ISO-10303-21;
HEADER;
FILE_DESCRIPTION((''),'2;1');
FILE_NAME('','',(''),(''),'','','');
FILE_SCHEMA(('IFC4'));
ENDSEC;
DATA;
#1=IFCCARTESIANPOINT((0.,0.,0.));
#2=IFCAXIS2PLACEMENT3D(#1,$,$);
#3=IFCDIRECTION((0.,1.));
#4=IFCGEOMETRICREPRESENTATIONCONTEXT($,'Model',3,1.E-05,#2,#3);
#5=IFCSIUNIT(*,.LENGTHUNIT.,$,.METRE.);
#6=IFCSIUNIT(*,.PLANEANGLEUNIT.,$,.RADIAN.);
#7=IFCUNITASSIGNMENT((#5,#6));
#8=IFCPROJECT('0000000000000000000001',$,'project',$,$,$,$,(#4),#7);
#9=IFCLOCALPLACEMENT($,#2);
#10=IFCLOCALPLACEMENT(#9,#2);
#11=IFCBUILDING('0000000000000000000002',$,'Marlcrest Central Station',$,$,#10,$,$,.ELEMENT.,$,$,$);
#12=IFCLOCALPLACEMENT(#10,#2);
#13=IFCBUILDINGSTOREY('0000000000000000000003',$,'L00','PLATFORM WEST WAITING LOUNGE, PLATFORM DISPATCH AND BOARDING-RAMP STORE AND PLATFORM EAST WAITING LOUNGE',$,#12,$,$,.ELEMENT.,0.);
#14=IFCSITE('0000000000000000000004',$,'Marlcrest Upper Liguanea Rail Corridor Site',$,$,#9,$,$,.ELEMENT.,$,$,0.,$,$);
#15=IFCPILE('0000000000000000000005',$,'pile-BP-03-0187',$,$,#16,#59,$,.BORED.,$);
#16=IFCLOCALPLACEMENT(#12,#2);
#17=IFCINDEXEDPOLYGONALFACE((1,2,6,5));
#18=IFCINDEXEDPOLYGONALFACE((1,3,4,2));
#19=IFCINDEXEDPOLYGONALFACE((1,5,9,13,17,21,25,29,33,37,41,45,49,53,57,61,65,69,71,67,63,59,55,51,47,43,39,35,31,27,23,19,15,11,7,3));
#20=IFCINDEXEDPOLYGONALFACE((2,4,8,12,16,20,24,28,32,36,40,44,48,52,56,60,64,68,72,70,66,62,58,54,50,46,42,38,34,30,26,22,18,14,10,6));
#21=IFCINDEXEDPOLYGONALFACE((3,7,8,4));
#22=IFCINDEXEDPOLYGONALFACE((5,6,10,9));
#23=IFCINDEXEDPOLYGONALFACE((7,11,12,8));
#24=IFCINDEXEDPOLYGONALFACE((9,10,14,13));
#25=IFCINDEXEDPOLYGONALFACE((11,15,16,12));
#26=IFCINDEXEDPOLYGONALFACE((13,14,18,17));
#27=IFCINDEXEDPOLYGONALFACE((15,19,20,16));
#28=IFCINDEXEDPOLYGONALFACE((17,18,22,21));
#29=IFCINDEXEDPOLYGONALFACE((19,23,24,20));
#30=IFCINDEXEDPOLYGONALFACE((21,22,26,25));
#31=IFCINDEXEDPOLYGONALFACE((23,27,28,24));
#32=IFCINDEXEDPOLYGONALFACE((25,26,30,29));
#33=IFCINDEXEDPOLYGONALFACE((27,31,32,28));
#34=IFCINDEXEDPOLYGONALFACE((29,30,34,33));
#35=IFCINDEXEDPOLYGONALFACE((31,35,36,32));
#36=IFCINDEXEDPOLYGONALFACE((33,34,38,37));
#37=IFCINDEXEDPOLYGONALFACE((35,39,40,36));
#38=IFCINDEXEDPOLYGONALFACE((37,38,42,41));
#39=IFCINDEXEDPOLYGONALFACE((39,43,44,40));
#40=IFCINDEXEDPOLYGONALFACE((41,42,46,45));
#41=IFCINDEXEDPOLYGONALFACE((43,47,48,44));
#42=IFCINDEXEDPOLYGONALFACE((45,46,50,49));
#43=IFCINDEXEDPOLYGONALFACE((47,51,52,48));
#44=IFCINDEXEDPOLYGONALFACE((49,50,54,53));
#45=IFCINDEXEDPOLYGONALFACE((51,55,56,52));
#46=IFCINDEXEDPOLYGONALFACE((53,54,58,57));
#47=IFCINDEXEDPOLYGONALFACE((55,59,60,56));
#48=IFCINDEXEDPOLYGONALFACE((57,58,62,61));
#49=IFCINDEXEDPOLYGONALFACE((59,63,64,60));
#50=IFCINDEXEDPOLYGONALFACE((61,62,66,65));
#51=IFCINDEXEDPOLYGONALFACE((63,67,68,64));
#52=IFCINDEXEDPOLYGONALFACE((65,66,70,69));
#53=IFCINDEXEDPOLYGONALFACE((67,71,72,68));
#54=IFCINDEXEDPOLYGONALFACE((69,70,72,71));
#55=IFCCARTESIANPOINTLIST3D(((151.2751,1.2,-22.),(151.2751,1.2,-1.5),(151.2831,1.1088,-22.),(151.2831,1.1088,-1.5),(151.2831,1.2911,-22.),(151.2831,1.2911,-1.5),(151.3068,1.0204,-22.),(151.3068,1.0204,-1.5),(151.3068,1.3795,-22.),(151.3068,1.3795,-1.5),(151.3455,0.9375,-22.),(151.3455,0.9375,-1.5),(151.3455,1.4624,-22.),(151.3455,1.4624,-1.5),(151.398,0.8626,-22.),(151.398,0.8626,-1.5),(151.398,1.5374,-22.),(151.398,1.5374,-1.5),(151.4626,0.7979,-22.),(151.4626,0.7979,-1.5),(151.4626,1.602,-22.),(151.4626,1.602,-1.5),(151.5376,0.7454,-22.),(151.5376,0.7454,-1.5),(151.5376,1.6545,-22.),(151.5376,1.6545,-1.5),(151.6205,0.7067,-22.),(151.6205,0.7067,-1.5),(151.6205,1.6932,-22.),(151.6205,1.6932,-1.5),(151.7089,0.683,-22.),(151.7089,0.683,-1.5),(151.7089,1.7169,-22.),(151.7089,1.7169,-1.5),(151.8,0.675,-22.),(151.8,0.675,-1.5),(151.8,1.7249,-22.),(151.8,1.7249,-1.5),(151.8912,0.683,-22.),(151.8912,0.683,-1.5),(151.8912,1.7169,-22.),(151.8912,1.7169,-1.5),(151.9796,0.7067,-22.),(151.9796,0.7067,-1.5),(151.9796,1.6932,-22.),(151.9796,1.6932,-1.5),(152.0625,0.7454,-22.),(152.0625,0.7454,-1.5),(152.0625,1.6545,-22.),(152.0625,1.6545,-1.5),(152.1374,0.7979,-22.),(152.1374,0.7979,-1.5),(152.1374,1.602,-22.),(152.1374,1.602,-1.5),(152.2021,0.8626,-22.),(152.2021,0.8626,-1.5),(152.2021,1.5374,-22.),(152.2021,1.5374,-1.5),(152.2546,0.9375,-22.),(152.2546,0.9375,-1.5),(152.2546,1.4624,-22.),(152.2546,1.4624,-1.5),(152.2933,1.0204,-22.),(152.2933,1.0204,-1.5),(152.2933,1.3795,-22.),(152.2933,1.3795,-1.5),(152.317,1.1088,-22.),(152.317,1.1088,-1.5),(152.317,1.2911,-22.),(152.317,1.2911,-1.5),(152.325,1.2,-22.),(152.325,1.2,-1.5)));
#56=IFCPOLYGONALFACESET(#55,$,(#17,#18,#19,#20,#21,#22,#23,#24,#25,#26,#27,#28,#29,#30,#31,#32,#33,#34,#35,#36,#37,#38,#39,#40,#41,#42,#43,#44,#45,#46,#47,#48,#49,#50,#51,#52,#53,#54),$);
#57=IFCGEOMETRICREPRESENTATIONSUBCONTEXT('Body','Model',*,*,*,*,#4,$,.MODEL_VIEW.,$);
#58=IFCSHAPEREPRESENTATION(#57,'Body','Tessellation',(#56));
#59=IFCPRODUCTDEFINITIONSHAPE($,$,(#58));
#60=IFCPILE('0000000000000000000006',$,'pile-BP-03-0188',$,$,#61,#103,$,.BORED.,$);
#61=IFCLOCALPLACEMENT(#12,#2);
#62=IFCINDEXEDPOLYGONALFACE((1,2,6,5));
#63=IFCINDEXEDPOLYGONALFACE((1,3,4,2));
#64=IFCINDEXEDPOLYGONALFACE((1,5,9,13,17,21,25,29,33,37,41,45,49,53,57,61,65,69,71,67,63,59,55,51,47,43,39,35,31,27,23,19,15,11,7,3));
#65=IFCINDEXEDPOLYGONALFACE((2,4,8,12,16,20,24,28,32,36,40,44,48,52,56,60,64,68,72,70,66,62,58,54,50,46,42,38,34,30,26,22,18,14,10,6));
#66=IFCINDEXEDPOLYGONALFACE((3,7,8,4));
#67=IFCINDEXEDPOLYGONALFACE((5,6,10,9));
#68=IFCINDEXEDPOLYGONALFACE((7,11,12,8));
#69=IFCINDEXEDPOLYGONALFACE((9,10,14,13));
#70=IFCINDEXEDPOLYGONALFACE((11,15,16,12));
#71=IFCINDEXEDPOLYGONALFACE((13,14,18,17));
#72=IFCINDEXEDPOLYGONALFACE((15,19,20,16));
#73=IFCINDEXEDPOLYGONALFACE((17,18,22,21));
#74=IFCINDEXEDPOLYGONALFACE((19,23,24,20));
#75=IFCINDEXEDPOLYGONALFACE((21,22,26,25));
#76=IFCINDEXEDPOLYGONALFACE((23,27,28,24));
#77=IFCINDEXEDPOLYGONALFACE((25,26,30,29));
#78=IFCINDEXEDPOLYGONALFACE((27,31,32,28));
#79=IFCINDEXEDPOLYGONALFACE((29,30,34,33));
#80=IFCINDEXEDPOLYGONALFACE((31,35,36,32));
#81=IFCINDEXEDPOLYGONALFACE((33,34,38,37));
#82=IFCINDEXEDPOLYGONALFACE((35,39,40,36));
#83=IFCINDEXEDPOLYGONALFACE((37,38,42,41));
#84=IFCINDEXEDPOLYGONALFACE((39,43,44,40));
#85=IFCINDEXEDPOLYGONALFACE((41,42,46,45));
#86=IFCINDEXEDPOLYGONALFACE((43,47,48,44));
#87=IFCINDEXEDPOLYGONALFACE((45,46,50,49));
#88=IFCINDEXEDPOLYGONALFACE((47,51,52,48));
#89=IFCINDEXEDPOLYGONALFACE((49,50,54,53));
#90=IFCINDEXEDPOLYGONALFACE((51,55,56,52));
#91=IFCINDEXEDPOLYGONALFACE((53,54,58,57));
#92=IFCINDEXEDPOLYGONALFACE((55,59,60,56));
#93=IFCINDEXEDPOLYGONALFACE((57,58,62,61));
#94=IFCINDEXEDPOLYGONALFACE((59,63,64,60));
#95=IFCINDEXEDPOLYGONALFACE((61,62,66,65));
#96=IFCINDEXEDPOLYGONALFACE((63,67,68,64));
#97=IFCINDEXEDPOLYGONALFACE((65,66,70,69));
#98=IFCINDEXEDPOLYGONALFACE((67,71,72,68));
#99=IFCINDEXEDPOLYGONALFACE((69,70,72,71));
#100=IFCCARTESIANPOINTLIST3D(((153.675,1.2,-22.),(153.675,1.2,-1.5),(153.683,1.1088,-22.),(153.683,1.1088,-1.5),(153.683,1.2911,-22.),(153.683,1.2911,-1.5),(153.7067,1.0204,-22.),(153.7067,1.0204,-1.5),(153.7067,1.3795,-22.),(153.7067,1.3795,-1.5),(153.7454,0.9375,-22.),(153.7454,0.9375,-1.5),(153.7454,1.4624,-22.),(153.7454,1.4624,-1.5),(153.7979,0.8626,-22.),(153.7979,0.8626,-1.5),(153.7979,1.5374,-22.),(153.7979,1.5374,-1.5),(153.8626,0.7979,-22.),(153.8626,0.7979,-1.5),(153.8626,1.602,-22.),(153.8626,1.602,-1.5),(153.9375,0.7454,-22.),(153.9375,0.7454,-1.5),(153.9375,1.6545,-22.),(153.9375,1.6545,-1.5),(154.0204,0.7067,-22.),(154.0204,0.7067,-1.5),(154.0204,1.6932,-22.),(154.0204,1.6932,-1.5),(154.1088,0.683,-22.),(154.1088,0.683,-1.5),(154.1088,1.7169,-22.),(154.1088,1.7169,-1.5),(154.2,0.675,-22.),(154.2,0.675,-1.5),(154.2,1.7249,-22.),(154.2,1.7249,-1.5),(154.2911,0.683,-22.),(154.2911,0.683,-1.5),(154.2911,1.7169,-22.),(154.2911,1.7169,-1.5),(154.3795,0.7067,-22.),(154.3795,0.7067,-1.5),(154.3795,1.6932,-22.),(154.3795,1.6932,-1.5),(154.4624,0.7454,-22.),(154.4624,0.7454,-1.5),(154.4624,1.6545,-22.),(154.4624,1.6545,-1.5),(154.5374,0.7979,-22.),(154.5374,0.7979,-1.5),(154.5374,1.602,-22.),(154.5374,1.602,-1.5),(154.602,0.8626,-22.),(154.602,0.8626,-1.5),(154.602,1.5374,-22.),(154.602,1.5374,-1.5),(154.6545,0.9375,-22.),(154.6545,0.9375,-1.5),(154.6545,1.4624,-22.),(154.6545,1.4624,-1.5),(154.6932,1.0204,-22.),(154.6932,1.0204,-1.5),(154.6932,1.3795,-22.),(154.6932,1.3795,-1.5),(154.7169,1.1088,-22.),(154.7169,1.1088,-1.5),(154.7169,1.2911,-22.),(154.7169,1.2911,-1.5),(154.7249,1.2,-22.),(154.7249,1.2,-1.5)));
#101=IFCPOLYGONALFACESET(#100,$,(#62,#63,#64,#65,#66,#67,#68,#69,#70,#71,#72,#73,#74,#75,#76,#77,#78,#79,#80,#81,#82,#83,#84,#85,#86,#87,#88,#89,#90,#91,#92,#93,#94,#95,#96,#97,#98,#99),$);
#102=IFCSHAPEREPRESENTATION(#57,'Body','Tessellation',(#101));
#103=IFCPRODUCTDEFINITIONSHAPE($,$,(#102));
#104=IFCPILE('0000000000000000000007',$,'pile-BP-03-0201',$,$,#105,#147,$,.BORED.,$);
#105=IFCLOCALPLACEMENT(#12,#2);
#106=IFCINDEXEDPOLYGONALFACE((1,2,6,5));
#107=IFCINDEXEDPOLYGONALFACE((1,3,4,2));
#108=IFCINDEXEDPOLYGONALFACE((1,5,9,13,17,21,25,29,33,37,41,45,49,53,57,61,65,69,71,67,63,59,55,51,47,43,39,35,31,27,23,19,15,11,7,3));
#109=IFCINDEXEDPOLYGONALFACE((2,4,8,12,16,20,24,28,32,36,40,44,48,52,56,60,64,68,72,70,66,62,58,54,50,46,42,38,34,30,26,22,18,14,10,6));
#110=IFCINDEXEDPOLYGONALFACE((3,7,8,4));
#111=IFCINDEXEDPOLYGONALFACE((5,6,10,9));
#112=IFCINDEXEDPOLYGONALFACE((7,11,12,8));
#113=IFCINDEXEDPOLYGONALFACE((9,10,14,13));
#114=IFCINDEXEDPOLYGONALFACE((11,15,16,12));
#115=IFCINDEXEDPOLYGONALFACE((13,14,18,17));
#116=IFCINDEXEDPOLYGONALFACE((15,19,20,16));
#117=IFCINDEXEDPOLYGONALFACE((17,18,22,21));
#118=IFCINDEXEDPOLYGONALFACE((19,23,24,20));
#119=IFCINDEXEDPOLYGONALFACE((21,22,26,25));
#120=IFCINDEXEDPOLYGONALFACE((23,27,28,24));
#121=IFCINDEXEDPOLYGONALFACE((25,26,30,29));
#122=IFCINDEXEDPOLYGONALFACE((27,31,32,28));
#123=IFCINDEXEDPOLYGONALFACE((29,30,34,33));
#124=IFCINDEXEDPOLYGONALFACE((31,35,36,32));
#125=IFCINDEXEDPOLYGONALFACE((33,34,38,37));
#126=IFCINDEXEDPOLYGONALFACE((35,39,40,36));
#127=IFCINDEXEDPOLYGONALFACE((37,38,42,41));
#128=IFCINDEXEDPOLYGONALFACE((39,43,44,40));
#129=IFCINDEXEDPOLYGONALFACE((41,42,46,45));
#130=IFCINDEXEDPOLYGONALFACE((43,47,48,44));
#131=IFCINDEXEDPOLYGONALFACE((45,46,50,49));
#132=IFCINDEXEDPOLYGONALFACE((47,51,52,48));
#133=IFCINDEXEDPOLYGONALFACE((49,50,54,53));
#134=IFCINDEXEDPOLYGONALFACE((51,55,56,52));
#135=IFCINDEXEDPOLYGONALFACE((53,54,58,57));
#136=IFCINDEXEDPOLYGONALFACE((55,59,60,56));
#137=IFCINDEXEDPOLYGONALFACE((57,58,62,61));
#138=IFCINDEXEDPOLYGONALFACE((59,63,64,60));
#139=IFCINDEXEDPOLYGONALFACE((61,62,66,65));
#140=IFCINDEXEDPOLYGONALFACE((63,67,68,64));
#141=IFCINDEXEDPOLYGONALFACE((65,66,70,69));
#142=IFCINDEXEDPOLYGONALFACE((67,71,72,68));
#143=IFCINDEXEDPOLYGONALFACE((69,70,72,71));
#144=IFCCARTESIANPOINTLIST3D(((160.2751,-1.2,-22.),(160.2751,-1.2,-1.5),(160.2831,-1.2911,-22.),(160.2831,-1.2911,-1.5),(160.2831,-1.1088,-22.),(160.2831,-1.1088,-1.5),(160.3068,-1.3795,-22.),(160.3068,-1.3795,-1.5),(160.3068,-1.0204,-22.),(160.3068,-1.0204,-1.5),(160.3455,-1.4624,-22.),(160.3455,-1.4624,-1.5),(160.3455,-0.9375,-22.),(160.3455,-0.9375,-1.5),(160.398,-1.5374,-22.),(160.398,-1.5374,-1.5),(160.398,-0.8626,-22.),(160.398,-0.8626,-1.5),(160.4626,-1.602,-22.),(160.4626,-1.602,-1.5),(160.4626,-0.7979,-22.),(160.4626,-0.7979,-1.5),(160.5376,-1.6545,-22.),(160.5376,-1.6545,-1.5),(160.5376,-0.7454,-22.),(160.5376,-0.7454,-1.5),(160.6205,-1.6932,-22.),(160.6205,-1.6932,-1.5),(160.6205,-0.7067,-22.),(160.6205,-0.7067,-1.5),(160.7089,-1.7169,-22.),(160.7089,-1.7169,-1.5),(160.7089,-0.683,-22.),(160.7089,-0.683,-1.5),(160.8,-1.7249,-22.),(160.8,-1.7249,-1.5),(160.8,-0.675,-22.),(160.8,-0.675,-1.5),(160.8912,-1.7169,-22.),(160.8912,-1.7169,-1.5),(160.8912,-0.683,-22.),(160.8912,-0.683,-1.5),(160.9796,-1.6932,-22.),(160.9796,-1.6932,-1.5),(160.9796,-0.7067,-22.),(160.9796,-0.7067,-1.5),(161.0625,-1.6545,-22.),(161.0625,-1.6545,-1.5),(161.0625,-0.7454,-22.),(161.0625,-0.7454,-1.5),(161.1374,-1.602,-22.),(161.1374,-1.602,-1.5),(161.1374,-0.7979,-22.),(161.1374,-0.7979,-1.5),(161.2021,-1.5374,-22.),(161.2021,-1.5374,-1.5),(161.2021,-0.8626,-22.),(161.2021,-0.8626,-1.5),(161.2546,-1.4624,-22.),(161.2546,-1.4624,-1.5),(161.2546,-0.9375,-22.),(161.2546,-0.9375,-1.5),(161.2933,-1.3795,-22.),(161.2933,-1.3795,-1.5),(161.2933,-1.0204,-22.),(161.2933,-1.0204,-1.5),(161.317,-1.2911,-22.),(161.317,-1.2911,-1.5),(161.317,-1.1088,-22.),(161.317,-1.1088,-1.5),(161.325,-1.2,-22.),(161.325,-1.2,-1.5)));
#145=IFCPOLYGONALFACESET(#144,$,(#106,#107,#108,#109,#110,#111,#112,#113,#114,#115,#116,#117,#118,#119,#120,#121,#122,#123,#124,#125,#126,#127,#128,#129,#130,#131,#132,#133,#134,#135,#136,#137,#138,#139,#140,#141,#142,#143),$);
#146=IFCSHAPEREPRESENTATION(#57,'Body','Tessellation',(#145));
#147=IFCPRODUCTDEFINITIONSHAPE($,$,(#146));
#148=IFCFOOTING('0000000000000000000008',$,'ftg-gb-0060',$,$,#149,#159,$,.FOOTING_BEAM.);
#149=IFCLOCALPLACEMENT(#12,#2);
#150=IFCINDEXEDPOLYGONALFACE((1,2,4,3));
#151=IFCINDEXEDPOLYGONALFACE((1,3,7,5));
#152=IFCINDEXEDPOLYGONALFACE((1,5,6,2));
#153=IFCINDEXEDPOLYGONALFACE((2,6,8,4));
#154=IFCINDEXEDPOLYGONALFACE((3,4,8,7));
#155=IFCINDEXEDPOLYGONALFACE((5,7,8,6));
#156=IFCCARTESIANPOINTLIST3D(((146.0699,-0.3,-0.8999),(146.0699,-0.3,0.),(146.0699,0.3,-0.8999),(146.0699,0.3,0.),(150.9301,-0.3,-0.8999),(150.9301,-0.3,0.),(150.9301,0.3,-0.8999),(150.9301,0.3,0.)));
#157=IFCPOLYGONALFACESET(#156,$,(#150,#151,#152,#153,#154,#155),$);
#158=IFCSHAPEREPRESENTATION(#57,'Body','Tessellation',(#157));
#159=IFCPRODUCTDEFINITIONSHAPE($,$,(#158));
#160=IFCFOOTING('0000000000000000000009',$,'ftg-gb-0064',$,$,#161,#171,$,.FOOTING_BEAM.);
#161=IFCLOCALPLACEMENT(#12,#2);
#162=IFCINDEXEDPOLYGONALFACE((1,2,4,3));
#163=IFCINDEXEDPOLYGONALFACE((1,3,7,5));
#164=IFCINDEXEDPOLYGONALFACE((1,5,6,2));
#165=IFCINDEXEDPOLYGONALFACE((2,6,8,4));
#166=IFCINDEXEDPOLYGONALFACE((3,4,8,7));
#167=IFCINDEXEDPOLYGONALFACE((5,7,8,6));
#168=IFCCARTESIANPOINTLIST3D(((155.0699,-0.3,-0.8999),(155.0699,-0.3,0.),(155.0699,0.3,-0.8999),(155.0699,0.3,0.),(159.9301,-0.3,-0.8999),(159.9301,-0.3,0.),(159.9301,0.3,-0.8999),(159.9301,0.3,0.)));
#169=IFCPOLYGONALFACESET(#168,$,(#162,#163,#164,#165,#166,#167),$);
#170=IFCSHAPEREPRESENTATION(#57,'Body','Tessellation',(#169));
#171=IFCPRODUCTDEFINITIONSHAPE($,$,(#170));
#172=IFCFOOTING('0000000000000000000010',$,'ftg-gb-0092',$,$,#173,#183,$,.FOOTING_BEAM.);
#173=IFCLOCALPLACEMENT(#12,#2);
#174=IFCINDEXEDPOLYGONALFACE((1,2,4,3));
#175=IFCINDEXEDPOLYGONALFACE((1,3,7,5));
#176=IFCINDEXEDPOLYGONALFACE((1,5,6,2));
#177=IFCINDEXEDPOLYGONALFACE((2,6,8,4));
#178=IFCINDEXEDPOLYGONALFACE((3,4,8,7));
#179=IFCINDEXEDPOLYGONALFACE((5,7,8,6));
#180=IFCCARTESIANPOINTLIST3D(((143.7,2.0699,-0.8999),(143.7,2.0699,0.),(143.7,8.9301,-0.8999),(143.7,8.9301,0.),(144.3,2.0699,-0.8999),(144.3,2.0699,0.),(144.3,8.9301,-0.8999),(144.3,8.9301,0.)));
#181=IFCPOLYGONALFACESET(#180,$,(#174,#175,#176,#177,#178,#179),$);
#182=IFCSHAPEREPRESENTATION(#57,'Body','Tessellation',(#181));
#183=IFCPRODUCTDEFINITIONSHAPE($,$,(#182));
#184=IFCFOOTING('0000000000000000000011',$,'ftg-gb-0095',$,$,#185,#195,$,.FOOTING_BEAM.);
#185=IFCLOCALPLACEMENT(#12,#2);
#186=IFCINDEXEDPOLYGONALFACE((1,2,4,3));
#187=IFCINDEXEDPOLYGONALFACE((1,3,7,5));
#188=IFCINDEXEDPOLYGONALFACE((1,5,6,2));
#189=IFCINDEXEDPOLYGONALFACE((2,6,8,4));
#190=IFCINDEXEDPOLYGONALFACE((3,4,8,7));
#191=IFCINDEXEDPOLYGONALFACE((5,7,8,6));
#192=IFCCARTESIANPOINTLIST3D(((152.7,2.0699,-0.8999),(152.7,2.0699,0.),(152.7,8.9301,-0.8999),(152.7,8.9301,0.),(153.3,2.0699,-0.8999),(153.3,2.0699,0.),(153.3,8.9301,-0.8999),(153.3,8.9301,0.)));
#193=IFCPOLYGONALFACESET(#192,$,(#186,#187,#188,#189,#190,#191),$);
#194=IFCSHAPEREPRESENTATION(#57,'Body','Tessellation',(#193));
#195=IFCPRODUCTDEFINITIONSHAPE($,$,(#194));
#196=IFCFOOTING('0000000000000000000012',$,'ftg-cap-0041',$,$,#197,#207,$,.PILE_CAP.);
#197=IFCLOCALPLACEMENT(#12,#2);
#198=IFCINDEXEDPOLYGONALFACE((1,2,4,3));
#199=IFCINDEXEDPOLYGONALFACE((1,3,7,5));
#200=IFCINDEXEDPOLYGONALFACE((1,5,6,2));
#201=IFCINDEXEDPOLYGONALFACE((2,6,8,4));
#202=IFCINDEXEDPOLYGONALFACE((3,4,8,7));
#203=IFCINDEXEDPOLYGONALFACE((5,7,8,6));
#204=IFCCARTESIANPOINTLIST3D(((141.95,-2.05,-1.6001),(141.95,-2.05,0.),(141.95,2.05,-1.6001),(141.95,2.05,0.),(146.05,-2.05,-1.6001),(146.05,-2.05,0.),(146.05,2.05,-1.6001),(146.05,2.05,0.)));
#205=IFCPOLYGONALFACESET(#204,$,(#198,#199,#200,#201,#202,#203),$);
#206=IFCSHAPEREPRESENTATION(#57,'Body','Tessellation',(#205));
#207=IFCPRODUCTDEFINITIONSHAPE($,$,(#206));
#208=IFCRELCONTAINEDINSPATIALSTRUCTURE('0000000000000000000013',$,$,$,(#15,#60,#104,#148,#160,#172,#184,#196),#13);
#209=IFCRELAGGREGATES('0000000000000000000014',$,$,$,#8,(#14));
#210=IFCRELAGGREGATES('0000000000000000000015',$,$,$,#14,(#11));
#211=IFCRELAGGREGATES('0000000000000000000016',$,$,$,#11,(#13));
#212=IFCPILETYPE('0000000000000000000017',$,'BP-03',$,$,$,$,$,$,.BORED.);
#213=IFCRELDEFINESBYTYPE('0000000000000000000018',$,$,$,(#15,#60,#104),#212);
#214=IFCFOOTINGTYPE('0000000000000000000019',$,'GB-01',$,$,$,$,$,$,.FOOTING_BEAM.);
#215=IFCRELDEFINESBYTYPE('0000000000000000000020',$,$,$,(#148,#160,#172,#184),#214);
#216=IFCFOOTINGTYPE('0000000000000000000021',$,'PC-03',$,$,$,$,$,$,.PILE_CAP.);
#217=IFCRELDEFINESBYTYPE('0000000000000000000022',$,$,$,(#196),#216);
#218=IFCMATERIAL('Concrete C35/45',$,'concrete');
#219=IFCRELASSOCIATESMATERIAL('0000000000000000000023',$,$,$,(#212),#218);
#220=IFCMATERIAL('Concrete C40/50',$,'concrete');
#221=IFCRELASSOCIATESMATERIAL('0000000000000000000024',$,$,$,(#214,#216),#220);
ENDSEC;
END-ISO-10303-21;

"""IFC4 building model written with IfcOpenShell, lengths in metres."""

from ifc_helpers import new_model, si_unit, direction, frame, origin, origin_2d, place, context, subcontext, project, spatial, rectangle, circle, extrude, material, material_profile, profile_set, type_object, element, save


model = new_model("IFC4")

# Units and contexts
model_context = context("Model", 3, precision=1e-05, world=origin(), true_north=direction((0.0, 1.0)))
body_context = subcontext(model_context, "Body", "Model", "MODEL_VIEW")
ifc_project = project(units=[si_unit("LENGTHUNIT", "METRE"), si_unit("PLANEANGLEUNIT", "RADIAN")], contexts=[model_context])

# Site, building, storey
site_placement = place(None, origin())
site = spatial("IfcSite", under=ifc_project, at=site_placement, Name="Marlcrest Upper Liguanea Rail Corridor Site", CompositionType="ELEMENT", RefElevation=0.0)
building_placement = place(site_placement, origin())
building = spatial("IfcBuilding", under=site, at=building_placement, Name="Marlcrest Central Station", CompositionType="ELEMENT")
storey_placement = place(building_placement, origin())
storey = spatial("IfcBuildingStorey", under=building, at=storey_placement, Name="L00", Description="PLATFORM WEST WAITING LOUNGE, PLATFORM DISPATCH AND BOARDING-RAMP STORE AND PLATFORM EAST WAITING LOUNGE", CompositionType="ELEMENT", Elevation=0.0)

# Piles
ifc_material_1 = material(Name="Concrete C35/45", Category="concrete")
ifc_material_profile_1 = material_profile(ifc_material_1, circle(Radius=0.5249, at=origin_2d()), Name="PILE D1050")
ifc_profile_set_1 = profile_set([ifc_material_profile_1], Name="Concrete C35/45")
pile_type = type_object("IfcPileType", Name="BP-03", PredefinedType="BORED", material=ifc_profile_set_1)
for number, where, z_axis, x_axis, name in (
    (1, (151.8, 1.2, -1.5), (0.0, 0.0, -1.0), (1.0, 0.0, 0.0), "pile-BP-03-0187"),
    (2, (154.2, 1.2, -1.5), (0.0, 0.0, -1.0), (1.0, 0.0, 0.0), "pile-BP-03-0188"),
    (3, (160.8, -1.2, -1.5), (0.0, 0.0, -1.0), (1.0, 0.0, 0.0), "pile-BP-03-0201"),
):
    element("IfcPile", number, at=place(storey_placement, frame(where, z_axis=z_axis, x_axis=x_axis)), inside=storey, type_object=pile_type, Name=name, PredefinedType="BORED", context=body_context, shape_type="SweptSolid", body=[
        extrude(circle(Radius=0.5249, at=origin_2d()), origin(), (0.0, 0.0, 1.0), 20.5),
    ])

# Footings
ifc_material_2 = material(Name="Concrete C40/50", Category="concrete")
footing_type_1 = type_object("IfcFootingType", Name="GB-01", PredefinedType="FOOTING_BEAM", material=ifc_material_2)
for number, where, z_axis, x_axis, name in (
    (4, (148.5, 0.0, -0.8999), (0.0, 0.0, 1.0), (1.0, 0.0, 0.0), "ftg-gb-0060"),
    (5, (157.5, 0.0, -0.8999), (0.0, 0.0, 1.0), (1.0, 0.0, 0.0), "ftg-gb-0064"),
):
    element("IfcFooting", number, at=place(storey_placement, frame(where, z_axis=z_axis, x_axis=x_axis)), inside=storey, type_object=footing_type_1, Name=name, PredefinedType="FOOTING_BEAM", context=body_context, shape_type="SweptSolid", body=[
        extrude(rectangle(XDim=4.8601, YDim=0.6001, at=origin_2d()), origin(), (0.0, 0.0, 1.0), 0.8999),
    ])
for number, where, z_axis, x_axis, name in (
    (6, (144.0, 5.5, -0.8999), (0.0, 0.0, 1.0), (1.0, 0.0, 0.0), "ftg-gb-0092"),
    (7, (153.0, 5.5, -0.8999), (0.0, 0.0, 1.0), (1.0, 0.0, 0.0), "ftg-gb-0095"),
):
    element("IfcFooting", number, at=place(storey_placement, frame(where, z_axis=z_axis, x_axis=x_axis)), inside=storey, type_object=footing_type_1, Name=name, PredefinedType="FOOTING_BEAM", context=body_context, shape_type="SweptSolid", body=[
        extrude(rectangle(XDim=0.6001, YDim=6.8601, at=origin_2d()), origin(), (0.0, 0.0, 1.0), 0.8999),
    ])
footing_type_2 = type_object("IfcFootingType", Name="PC-03", PredefinedType="PILE_CAP", material=ifc_material_2)
for number, where, z_axis, x_axis, name in (
    (8, (144.0, 0.0, -1.6001), (0.0, 0.0, 1.0), (1.0, 0.0, 0.0), "ftg-cap-0041"),
):
    element("IfcFooting", number, at=place(storey_placement, frame(where, z_axis=z_axis, x_axis=x_axis)), inside=storey, type_object=footing_type_2, Name=name, PredefinedType="PILE_CAP", context=body_context, shape_type="SweptSolid", body=[
        extrude(rectangle(XDim=4.1001, YDim=4.1001, at=origin_2d()), origin(), (0.0, 0.0, 1.0), 1.6001),
    ])

save(model, "model.ifc")
